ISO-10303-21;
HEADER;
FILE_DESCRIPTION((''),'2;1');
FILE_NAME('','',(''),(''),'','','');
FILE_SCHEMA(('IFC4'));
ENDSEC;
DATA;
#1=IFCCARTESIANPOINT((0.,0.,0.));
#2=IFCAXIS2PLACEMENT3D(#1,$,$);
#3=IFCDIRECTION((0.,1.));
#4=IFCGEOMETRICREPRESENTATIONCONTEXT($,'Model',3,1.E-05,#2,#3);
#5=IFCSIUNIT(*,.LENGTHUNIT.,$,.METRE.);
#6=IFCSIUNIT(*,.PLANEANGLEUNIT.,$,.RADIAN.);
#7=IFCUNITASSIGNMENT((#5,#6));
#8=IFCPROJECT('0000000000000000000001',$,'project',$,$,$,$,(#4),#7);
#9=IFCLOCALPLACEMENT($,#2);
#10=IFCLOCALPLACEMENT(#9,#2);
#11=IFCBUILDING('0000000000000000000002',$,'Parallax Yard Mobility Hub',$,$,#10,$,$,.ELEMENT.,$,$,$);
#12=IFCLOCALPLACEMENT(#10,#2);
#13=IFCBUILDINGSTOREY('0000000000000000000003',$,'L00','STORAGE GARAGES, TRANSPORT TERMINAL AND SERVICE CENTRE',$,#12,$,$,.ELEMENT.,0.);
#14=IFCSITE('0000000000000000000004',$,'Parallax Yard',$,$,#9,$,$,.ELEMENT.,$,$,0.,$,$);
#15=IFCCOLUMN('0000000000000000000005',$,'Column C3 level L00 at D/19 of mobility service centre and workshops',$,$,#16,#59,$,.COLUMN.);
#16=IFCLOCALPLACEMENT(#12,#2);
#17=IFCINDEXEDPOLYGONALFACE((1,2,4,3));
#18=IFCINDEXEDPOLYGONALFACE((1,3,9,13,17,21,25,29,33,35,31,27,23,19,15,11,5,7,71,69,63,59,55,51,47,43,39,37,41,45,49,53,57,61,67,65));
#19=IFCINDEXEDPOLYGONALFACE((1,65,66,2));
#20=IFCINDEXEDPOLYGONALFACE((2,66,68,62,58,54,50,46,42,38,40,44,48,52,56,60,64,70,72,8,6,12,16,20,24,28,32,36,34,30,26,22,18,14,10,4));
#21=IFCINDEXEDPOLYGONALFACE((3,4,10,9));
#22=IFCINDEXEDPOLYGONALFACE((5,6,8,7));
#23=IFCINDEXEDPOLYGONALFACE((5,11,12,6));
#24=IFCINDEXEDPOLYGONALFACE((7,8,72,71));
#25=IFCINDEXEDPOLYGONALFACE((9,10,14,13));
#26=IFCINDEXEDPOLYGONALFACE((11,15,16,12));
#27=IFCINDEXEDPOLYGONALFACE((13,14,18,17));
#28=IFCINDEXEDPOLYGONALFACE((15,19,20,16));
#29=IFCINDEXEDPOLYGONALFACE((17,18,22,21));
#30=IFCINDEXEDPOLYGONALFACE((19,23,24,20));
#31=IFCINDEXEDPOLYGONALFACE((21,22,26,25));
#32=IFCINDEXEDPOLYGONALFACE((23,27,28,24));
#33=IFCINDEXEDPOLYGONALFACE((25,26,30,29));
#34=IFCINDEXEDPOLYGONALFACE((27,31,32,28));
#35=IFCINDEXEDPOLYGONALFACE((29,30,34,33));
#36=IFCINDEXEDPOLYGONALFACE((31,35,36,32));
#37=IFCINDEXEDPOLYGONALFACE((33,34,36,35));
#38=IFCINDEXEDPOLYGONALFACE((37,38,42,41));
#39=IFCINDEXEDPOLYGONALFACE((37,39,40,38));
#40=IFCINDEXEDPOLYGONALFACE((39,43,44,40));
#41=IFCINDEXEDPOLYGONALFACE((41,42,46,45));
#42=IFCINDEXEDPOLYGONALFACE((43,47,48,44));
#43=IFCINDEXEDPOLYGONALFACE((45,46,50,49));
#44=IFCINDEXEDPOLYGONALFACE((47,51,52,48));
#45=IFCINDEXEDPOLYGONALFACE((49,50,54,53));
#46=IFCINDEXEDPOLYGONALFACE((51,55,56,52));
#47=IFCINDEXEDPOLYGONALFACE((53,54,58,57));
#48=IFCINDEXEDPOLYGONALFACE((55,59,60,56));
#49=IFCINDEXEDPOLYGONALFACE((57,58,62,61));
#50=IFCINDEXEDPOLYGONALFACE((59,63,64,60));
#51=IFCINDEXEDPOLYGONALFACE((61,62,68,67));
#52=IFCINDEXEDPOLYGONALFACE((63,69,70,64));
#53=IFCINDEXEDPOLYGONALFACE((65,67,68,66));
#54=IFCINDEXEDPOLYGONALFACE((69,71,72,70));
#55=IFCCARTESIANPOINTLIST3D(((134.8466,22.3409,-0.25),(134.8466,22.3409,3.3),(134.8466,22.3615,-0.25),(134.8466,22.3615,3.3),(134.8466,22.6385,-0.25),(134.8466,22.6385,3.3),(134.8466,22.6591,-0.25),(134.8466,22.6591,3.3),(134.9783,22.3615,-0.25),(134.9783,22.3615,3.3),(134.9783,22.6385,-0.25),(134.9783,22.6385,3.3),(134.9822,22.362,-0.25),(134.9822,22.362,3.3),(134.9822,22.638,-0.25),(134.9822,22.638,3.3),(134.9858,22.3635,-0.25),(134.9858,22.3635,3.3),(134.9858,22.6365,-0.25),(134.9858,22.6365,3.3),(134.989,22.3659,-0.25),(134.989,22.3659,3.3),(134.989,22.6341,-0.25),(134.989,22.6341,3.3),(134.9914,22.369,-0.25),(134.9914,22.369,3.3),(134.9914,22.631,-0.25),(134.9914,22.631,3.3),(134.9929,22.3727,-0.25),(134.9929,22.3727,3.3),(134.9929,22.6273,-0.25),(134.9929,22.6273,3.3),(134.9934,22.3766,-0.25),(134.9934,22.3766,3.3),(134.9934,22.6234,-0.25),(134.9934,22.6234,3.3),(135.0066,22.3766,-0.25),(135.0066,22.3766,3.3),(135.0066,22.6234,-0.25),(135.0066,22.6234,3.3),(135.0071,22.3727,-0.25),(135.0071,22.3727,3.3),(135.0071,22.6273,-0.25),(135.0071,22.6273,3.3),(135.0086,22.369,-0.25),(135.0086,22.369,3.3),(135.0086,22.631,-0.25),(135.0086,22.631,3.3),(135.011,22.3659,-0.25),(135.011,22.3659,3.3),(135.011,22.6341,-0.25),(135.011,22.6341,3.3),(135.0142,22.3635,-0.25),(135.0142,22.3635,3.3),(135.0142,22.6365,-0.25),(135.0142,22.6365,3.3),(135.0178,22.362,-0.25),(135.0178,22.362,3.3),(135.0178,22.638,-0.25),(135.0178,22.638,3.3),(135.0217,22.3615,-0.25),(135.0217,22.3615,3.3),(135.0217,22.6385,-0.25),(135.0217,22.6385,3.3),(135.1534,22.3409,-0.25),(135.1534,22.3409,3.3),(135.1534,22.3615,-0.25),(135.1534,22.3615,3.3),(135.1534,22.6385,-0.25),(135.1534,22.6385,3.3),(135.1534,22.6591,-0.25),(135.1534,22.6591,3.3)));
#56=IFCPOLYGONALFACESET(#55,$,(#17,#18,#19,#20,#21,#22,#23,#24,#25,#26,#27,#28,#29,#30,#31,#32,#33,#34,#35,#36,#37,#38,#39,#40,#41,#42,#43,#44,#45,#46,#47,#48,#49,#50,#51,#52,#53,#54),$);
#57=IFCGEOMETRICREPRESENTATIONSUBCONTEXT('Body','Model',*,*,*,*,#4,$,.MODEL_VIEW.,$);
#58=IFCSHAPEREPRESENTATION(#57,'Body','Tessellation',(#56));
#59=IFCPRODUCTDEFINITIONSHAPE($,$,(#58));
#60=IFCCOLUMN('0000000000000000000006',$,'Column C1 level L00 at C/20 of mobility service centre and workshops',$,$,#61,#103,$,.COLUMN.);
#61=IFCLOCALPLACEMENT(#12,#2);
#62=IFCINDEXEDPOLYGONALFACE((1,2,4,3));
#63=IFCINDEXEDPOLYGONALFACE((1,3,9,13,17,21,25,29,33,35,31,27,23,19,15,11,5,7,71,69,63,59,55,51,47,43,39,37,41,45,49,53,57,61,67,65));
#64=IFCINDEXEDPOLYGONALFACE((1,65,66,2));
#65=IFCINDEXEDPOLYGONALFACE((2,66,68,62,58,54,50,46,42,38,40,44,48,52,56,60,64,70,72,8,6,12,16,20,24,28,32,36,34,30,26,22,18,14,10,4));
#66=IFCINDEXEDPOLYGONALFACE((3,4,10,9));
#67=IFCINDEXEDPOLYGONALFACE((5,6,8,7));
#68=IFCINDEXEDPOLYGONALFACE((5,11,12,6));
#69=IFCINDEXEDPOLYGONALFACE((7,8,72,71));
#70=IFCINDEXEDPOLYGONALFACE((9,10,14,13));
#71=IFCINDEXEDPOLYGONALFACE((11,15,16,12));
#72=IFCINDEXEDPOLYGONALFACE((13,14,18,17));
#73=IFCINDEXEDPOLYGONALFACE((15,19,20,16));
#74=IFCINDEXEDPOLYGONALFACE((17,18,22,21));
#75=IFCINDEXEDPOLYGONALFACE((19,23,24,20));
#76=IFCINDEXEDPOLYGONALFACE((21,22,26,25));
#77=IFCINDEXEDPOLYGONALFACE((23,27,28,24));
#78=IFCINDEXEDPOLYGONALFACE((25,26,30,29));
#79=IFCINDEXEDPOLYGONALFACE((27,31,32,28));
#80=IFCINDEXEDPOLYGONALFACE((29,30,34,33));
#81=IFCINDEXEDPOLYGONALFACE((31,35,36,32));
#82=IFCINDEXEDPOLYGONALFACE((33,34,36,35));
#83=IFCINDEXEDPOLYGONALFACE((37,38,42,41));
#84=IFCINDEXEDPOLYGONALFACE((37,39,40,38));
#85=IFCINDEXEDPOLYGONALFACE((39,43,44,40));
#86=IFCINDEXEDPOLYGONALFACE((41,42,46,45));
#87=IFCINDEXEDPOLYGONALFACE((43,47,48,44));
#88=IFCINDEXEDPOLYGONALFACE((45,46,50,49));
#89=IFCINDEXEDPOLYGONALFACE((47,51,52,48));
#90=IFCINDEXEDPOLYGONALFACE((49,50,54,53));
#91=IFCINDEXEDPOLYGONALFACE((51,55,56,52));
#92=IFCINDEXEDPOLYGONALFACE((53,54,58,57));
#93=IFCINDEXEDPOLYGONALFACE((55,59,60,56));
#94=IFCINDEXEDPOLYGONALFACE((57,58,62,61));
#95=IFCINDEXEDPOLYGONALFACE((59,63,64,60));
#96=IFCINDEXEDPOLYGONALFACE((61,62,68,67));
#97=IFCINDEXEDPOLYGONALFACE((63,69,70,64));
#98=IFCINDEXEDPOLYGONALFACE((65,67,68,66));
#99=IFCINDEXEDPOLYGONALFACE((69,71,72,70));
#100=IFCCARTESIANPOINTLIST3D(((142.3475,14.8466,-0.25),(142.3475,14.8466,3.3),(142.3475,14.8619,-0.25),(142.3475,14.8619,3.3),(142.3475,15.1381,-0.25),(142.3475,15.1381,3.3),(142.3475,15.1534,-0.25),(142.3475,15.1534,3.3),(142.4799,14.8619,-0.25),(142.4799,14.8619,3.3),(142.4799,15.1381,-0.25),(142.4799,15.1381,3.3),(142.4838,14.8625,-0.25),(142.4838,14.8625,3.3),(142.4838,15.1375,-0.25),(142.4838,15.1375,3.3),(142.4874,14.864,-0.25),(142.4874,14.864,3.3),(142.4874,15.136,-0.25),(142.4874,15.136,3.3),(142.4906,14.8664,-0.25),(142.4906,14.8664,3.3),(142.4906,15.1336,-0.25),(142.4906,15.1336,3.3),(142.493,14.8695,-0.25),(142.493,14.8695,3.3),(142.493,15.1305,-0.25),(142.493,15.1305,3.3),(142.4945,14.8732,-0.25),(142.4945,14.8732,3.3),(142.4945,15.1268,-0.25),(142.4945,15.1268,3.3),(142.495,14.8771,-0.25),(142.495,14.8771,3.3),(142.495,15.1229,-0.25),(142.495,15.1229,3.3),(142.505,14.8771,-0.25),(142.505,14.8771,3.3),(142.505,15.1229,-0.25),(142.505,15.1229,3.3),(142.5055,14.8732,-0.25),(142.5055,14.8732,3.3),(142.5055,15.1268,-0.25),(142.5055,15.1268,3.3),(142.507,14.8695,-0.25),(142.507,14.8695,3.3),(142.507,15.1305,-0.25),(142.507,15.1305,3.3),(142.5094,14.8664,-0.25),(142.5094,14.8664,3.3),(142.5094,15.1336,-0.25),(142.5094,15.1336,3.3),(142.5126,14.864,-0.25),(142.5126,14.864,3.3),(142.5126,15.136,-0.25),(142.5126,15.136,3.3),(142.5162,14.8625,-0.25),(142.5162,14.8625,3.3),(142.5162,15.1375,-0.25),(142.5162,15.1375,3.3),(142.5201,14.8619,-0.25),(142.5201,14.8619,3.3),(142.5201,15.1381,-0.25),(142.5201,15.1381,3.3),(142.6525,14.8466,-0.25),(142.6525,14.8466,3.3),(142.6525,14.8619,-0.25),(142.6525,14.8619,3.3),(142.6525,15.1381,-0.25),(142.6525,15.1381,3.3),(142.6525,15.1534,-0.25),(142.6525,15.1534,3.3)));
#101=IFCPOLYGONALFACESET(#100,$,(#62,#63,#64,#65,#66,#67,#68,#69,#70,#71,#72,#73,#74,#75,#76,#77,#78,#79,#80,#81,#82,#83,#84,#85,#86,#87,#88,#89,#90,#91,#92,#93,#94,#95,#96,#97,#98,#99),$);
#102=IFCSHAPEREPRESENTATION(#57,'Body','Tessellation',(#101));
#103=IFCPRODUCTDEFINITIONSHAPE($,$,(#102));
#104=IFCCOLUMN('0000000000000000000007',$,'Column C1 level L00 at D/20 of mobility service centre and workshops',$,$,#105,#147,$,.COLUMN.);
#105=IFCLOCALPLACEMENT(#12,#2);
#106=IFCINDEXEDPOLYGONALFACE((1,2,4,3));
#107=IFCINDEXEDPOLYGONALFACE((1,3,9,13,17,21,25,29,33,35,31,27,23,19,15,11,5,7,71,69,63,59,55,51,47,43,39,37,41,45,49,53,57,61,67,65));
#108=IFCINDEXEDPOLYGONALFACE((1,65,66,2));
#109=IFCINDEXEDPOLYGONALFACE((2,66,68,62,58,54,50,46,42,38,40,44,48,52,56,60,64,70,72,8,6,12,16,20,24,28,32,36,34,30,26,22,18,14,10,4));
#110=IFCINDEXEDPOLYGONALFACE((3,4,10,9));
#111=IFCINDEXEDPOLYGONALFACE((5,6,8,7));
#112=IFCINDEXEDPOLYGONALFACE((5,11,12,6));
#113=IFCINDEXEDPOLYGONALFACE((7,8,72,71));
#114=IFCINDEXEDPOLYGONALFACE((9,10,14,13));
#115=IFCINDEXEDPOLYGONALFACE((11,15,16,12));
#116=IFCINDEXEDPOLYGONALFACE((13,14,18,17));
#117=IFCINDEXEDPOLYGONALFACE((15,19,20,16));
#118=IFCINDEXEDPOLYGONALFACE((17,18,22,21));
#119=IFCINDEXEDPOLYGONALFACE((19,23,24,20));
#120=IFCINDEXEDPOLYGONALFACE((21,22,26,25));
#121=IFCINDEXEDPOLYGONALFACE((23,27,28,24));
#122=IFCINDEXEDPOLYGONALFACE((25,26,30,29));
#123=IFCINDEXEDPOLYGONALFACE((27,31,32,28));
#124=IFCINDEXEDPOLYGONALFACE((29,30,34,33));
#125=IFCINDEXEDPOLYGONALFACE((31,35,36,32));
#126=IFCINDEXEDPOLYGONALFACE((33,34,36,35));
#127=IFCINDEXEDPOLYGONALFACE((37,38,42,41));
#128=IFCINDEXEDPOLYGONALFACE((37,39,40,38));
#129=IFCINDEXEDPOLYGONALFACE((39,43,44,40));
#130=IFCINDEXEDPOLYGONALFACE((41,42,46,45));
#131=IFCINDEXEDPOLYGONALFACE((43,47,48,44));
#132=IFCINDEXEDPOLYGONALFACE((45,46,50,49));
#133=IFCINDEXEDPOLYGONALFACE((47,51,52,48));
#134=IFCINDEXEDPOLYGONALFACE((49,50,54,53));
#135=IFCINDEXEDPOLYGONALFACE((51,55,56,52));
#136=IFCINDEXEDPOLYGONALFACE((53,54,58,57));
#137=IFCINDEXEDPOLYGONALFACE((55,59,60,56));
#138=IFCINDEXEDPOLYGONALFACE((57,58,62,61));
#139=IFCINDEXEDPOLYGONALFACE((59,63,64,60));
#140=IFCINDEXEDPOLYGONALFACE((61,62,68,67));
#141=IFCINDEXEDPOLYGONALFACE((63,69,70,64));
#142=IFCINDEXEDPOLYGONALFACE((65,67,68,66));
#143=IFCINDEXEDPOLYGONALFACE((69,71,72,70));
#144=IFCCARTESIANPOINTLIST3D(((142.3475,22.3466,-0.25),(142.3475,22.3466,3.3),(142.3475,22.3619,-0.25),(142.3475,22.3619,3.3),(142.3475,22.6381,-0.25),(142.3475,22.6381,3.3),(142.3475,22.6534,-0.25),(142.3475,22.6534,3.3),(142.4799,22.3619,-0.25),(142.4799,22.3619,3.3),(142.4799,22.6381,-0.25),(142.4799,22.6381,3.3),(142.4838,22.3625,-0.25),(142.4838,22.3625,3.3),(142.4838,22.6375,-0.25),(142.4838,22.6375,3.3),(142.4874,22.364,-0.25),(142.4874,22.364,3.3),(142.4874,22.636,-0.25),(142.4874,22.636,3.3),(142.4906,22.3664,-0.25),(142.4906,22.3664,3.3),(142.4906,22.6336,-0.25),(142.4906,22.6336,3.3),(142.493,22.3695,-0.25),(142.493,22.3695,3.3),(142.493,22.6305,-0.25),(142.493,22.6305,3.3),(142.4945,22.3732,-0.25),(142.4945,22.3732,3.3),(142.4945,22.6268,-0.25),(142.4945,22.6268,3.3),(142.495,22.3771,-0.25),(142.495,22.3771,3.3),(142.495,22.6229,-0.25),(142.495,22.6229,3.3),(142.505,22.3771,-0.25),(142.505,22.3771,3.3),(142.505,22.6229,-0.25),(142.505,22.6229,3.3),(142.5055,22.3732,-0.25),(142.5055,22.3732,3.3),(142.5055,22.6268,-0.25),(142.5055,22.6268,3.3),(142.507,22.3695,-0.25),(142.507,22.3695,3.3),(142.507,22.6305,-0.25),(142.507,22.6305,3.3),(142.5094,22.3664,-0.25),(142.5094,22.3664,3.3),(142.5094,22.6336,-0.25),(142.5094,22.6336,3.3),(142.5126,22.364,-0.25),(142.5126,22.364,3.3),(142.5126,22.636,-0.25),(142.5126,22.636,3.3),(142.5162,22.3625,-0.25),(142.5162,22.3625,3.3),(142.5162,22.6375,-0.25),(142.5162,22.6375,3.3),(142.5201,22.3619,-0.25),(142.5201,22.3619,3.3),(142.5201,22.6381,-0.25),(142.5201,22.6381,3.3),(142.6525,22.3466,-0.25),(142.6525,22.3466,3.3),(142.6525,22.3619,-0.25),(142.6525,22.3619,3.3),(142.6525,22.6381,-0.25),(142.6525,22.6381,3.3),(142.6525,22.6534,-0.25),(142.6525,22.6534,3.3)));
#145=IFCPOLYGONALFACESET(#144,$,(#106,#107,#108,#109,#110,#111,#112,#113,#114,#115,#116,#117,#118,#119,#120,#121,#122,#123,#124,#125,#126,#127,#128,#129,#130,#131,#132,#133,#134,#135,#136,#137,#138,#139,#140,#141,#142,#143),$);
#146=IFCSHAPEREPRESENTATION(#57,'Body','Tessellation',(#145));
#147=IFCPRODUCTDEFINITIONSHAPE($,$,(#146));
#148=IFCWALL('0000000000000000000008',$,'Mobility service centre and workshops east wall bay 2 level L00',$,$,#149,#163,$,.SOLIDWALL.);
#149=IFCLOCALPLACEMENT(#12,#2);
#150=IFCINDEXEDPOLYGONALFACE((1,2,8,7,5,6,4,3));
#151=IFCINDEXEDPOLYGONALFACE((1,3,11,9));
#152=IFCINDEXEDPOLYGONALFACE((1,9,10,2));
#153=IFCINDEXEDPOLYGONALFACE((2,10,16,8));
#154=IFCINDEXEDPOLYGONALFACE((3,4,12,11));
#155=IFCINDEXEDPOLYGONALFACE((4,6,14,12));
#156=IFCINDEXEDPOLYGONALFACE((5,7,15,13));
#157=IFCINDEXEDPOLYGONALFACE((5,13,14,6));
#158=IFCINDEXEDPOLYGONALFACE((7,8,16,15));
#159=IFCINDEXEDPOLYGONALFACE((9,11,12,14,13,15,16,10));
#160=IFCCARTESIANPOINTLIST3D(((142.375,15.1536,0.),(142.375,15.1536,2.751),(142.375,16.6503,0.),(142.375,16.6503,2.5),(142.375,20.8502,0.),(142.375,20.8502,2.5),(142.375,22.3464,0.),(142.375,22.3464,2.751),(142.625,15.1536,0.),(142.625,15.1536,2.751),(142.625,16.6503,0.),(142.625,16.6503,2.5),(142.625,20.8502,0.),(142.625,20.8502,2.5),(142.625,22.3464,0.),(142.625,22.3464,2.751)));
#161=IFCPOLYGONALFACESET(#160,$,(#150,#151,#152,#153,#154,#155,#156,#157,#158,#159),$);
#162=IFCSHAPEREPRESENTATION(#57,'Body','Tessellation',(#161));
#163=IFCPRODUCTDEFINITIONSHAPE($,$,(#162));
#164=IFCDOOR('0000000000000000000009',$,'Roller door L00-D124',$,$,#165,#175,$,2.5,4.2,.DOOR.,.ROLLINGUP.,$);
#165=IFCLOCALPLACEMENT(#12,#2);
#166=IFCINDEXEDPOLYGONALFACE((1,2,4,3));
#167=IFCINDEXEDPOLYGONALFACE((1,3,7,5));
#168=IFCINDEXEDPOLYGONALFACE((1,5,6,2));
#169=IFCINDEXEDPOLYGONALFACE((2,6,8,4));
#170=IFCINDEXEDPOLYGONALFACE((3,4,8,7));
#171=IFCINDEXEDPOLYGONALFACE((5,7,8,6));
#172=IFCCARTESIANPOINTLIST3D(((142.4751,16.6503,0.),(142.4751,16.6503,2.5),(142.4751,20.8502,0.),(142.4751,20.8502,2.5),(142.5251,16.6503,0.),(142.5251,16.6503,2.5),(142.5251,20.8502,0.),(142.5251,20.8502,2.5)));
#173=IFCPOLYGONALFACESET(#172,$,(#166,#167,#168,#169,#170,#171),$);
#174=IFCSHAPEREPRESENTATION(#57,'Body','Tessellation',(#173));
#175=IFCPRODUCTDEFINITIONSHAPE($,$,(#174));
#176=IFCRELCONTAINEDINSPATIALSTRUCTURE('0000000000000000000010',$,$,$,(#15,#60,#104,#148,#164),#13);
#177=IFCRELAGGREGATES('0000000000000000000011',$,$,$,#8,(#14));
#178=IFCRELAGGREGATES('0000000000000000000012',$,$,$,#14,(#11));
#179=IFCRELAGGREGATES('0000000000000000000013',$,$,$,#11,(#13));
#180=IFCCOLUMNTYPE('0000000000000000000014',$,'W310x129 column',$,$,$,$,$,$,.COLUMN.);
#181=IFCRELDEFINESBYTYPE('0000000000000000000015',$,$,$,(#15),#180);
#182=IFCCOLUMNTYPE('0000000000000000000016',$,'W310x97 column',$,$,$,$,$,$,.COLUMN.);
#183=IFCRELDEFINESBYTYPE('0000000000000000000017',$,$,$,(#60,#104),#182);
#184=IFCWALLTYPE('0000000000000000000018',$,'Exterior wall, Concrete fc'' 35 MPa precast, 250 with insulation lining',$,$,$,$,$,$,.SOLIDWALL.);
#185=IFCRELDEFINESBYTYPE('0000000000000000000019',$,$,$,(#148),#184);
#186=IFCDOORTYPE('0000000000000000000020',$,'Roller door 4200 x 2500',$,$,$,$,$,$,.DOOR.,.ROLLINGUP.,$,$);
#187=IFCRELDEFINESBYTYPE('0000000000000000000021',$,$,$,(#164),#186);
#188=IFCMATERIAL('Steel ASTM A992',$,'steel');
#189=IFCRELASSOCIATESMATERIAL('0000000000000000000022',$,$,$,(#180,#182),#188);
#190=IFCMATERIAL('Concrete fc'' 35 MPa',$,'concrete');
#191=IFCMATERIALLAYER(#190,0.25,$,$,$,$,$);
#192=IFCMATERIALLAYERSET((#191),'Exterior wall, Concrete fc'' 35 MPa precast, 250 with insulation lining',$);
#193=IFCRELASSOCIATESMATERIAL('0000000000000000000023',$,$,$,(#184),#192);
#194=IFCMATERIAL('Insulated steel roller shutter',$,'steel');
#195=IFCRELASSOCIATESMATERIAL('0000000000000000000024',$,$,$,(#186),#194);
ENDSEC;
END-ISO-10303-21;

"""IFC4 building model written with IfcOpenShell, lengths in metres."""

from ifc_helpers import new_model, si_unit, direction, frame, frame_2d, origin, origin_2d, place, context, subcontext, project, spatial, rectangle, i_section, extrude, material, layer, layer_set, material_profile, profile_set, type_object, element, fill, save


model = new_model("IFC4")

# Units and contexts
model_context = context("Model", 3, precision=1e-05, world=origin(), true_north=direction((0.0, 1.0)))
body_context = subcontext(model_context, "Body", "Model", "MODEL_VIEW")
ifc_project = project(units=[si_unit("LENGTHUNIT", "METRE"), si_unit("PLANEANGLEUNIT", "RADIAN")], contexts=[model_context])

# Site, building, storey
site_placement = place(None, origin())
site = spatial("IfcSite", under=ifc_project, at=site_placement, Name="Parallax Yard", CompositionType="ELEMENT", RefElevation=0.0)
building_placement = place(site_placement, origin())
building = spatial("IfcBuilding", under=site, at=building_placement, Name="Parallax Yard Mobility Hub", CompositionType="ELEMENT")
storey_placement = place(building_placement, origin())
storey = spatial("IfcBuildingStorey", under=building, at=storey_placement, Name="L00", Description="STORAGE GARAGES, TRANSPORT TERMINAL AND SERVICE CENTRE", CompositionType="ELEMENT", Elevation=0.0)

# Columns
ifc_material_1 = material(Name="Steel ASTM A992", Category="steel")
ifc_material_profile_1 = material_profile(ifc_material_1, i_section(OverallWidth=0.3069, OverallDepth=0.3181, WebThickness=0.0132, FlangeThickness=0.0205, FilletRadius=0.0151, at=origin_2d()), Name="W310x129")
ifc_profile_set_1 = profile_set([ifc_material_profile_1], Name="Steel ASTM A992")
column_type_1 = type_object("IfcColumnType", Name="W310x129 column", PredefinedType="COLUMN", material=ifc_profile_set_1)
for number, where, z_axis, x_axis, name in (
    (1, (135.0, 22.5, -0.25), (0.0, 0.0, 1.0), (1.0, 0.0, 0.0), "Column C3 level L00 at D/19 of mobility service centre and workshops"),
):
    element("IfcColumn", number, at=place(storey_placement, frame(where, z_axis=z_axis, x_axis=x_axis)), inside=storey, type_object=column_type_1, Name=name, PredefinedType="COLUMN", context=body_context, shape_type="SweptSolid", body=[
        extrude(i_section(OverallWidth=0.3069, OverallDepth=0.3181, WebThickness=0.0132, FlangeThickness=0.0205, FilletRadius=0.0151, at=origin_2d()), origin(), (0.0, 0.0, 1.0), 3.55),
    ])
ifc_material_profile_2 = material_profile(ifc_material_1, i_section(OverallWidth=0.3049, OverallDepth=0.3069, WebThickness=0.01, FlangeThickness=0.0154, FilletRadius=0.0151, at=origin_2d()), Name="W310x97")
ifc_profile_set_2 = profile_set([ifc_material_profile_2], Name="Steel ASTM A992")
column_type_2 = type_object("IfcColumnType", Name="W310x97 column", PredefinedType="COLUMN", material=ifc_profile_set_2)
for number, where, z_axis, x_axis, name in (
    (2, (142.5, 15.0, -0.25), (0.0, 0.0, 1.0), (1.0, 0.0, 0.0), "Column C1 level L00 at C/20 of mobility service centre and workshops"),
    (3, (142.5, 22.5, -0.25), (0.0, 0.0, 1.0), (1.0, 0.0, 0.0), "Column C1 level L00 at D/20 of mobility service centre and workshops"),
):
    element("IfcColumn", number, at=place(storey_placement, frame(where, z_axis=z_axis, x_axis=x_axis)), inside=storey, type_object=column_type_2, Name=name, PredefinedType="COLUMN", context=body_context, shape_type="SweptSolid", body=[
        extrude(i_section(OverallWidth=0.3049, OverallDepth=0.3069, WebThickness=0.01, FlangeThickness=0.0154, FilletRadius=0.0151, at=origin_2d()), origin(), (0.0, 0.0, 1.0), 3.55),
    ])

# Wall, opening, door
ifc_material_2 = material(Name="Concrete fc' 35 MPa", Category="concrete")
ifc_layer = layer(ifc_material_2, 0.25)
ifc_layer_set = layer_set([ifc_layer], Name="Exterior wall, Concrete fc' 35 MPa precast, 250 with insulation lining")
wall_type = type_object("IfcWallType", Name="Exterior wall, Concrete fc' 35 MPa precast, 250 with insulation lining", PredefinedType="SOLIDWALL", material=ifc_layer_set)
wall_placement = place(storey_placement, frame((142.5, 15.1536, 0.0), z_axis=(0.0, 0.0, 1.0), x_axis=(0.0, 1.0, 0.0)))
wall = element("IfcWall", 4, at=wall_placement, inside=storey, type_object=wall_type, Name="Mobility service centre and workshops east wall bay 2 level L00", PredefinedType="SOLIDWALL", context=body_context, shape_type="SweptSolid", body=[
    extrude(rectangle(XDim=7.1929, YDim=0.25, at=frame_2d((3.5964, 0.0))), origin(), (0.0, 0.0, 1.0), 2.751),
])
opening_placement = place(wall_placement, frame((1.4966, 0.0, 0.0)))
opening = element("IfcOpeningElement", 5, at=opening_placement, cuts=wall, PredefinedType="OPENING", context=body_context, shape_type="SweptSolid", body=[
    extrude(rectangle(XDim=4.2, YDim=2.5, at=frame_2d((2.1001, 1.25))), frame((0.0, 0.135, 0.0), z_axis=(0.0, -1.0, 0.0), x_axis=(1.0, 0.0, 0.0)), (0.0, 0.0, 1.0), 0.27),
])
ifc_material_3 = material(Name="Insulated steel roller shutter", Category="steel")
door_type = type_object("IfcDoorType", Name="Roller door 4200 x 2500", OperationType="ROLLINGUP", PredefinedType="DOOR", material=ifc_material_3)
door_placement = place(opening_placement, origin())
door = element("IfcDoor", 6, at=door_placement, inside=storey, type_object=door_type, Name="Roller door L00-D124", OperationType="ROLLINGUP", OverallHeight=2.5, OverallWidth=4.2, PredefinedType="DOOR", context=body_context, shape_type="SweptSolid", body=[
    extrude(rectangle(XDim=4.2, YDim=2.5, at=frame_2d((2.1001, 1.25))), frame((0.0, 0.0249, 0.0), z_axis=(0.0, -1.0, 0.0), x_axis=(1.0, 0.0, 0.0)), (0.0, 0.0, 1.0), 0.05),
])
fill(opening, door)

save(model, "model.ifc")
